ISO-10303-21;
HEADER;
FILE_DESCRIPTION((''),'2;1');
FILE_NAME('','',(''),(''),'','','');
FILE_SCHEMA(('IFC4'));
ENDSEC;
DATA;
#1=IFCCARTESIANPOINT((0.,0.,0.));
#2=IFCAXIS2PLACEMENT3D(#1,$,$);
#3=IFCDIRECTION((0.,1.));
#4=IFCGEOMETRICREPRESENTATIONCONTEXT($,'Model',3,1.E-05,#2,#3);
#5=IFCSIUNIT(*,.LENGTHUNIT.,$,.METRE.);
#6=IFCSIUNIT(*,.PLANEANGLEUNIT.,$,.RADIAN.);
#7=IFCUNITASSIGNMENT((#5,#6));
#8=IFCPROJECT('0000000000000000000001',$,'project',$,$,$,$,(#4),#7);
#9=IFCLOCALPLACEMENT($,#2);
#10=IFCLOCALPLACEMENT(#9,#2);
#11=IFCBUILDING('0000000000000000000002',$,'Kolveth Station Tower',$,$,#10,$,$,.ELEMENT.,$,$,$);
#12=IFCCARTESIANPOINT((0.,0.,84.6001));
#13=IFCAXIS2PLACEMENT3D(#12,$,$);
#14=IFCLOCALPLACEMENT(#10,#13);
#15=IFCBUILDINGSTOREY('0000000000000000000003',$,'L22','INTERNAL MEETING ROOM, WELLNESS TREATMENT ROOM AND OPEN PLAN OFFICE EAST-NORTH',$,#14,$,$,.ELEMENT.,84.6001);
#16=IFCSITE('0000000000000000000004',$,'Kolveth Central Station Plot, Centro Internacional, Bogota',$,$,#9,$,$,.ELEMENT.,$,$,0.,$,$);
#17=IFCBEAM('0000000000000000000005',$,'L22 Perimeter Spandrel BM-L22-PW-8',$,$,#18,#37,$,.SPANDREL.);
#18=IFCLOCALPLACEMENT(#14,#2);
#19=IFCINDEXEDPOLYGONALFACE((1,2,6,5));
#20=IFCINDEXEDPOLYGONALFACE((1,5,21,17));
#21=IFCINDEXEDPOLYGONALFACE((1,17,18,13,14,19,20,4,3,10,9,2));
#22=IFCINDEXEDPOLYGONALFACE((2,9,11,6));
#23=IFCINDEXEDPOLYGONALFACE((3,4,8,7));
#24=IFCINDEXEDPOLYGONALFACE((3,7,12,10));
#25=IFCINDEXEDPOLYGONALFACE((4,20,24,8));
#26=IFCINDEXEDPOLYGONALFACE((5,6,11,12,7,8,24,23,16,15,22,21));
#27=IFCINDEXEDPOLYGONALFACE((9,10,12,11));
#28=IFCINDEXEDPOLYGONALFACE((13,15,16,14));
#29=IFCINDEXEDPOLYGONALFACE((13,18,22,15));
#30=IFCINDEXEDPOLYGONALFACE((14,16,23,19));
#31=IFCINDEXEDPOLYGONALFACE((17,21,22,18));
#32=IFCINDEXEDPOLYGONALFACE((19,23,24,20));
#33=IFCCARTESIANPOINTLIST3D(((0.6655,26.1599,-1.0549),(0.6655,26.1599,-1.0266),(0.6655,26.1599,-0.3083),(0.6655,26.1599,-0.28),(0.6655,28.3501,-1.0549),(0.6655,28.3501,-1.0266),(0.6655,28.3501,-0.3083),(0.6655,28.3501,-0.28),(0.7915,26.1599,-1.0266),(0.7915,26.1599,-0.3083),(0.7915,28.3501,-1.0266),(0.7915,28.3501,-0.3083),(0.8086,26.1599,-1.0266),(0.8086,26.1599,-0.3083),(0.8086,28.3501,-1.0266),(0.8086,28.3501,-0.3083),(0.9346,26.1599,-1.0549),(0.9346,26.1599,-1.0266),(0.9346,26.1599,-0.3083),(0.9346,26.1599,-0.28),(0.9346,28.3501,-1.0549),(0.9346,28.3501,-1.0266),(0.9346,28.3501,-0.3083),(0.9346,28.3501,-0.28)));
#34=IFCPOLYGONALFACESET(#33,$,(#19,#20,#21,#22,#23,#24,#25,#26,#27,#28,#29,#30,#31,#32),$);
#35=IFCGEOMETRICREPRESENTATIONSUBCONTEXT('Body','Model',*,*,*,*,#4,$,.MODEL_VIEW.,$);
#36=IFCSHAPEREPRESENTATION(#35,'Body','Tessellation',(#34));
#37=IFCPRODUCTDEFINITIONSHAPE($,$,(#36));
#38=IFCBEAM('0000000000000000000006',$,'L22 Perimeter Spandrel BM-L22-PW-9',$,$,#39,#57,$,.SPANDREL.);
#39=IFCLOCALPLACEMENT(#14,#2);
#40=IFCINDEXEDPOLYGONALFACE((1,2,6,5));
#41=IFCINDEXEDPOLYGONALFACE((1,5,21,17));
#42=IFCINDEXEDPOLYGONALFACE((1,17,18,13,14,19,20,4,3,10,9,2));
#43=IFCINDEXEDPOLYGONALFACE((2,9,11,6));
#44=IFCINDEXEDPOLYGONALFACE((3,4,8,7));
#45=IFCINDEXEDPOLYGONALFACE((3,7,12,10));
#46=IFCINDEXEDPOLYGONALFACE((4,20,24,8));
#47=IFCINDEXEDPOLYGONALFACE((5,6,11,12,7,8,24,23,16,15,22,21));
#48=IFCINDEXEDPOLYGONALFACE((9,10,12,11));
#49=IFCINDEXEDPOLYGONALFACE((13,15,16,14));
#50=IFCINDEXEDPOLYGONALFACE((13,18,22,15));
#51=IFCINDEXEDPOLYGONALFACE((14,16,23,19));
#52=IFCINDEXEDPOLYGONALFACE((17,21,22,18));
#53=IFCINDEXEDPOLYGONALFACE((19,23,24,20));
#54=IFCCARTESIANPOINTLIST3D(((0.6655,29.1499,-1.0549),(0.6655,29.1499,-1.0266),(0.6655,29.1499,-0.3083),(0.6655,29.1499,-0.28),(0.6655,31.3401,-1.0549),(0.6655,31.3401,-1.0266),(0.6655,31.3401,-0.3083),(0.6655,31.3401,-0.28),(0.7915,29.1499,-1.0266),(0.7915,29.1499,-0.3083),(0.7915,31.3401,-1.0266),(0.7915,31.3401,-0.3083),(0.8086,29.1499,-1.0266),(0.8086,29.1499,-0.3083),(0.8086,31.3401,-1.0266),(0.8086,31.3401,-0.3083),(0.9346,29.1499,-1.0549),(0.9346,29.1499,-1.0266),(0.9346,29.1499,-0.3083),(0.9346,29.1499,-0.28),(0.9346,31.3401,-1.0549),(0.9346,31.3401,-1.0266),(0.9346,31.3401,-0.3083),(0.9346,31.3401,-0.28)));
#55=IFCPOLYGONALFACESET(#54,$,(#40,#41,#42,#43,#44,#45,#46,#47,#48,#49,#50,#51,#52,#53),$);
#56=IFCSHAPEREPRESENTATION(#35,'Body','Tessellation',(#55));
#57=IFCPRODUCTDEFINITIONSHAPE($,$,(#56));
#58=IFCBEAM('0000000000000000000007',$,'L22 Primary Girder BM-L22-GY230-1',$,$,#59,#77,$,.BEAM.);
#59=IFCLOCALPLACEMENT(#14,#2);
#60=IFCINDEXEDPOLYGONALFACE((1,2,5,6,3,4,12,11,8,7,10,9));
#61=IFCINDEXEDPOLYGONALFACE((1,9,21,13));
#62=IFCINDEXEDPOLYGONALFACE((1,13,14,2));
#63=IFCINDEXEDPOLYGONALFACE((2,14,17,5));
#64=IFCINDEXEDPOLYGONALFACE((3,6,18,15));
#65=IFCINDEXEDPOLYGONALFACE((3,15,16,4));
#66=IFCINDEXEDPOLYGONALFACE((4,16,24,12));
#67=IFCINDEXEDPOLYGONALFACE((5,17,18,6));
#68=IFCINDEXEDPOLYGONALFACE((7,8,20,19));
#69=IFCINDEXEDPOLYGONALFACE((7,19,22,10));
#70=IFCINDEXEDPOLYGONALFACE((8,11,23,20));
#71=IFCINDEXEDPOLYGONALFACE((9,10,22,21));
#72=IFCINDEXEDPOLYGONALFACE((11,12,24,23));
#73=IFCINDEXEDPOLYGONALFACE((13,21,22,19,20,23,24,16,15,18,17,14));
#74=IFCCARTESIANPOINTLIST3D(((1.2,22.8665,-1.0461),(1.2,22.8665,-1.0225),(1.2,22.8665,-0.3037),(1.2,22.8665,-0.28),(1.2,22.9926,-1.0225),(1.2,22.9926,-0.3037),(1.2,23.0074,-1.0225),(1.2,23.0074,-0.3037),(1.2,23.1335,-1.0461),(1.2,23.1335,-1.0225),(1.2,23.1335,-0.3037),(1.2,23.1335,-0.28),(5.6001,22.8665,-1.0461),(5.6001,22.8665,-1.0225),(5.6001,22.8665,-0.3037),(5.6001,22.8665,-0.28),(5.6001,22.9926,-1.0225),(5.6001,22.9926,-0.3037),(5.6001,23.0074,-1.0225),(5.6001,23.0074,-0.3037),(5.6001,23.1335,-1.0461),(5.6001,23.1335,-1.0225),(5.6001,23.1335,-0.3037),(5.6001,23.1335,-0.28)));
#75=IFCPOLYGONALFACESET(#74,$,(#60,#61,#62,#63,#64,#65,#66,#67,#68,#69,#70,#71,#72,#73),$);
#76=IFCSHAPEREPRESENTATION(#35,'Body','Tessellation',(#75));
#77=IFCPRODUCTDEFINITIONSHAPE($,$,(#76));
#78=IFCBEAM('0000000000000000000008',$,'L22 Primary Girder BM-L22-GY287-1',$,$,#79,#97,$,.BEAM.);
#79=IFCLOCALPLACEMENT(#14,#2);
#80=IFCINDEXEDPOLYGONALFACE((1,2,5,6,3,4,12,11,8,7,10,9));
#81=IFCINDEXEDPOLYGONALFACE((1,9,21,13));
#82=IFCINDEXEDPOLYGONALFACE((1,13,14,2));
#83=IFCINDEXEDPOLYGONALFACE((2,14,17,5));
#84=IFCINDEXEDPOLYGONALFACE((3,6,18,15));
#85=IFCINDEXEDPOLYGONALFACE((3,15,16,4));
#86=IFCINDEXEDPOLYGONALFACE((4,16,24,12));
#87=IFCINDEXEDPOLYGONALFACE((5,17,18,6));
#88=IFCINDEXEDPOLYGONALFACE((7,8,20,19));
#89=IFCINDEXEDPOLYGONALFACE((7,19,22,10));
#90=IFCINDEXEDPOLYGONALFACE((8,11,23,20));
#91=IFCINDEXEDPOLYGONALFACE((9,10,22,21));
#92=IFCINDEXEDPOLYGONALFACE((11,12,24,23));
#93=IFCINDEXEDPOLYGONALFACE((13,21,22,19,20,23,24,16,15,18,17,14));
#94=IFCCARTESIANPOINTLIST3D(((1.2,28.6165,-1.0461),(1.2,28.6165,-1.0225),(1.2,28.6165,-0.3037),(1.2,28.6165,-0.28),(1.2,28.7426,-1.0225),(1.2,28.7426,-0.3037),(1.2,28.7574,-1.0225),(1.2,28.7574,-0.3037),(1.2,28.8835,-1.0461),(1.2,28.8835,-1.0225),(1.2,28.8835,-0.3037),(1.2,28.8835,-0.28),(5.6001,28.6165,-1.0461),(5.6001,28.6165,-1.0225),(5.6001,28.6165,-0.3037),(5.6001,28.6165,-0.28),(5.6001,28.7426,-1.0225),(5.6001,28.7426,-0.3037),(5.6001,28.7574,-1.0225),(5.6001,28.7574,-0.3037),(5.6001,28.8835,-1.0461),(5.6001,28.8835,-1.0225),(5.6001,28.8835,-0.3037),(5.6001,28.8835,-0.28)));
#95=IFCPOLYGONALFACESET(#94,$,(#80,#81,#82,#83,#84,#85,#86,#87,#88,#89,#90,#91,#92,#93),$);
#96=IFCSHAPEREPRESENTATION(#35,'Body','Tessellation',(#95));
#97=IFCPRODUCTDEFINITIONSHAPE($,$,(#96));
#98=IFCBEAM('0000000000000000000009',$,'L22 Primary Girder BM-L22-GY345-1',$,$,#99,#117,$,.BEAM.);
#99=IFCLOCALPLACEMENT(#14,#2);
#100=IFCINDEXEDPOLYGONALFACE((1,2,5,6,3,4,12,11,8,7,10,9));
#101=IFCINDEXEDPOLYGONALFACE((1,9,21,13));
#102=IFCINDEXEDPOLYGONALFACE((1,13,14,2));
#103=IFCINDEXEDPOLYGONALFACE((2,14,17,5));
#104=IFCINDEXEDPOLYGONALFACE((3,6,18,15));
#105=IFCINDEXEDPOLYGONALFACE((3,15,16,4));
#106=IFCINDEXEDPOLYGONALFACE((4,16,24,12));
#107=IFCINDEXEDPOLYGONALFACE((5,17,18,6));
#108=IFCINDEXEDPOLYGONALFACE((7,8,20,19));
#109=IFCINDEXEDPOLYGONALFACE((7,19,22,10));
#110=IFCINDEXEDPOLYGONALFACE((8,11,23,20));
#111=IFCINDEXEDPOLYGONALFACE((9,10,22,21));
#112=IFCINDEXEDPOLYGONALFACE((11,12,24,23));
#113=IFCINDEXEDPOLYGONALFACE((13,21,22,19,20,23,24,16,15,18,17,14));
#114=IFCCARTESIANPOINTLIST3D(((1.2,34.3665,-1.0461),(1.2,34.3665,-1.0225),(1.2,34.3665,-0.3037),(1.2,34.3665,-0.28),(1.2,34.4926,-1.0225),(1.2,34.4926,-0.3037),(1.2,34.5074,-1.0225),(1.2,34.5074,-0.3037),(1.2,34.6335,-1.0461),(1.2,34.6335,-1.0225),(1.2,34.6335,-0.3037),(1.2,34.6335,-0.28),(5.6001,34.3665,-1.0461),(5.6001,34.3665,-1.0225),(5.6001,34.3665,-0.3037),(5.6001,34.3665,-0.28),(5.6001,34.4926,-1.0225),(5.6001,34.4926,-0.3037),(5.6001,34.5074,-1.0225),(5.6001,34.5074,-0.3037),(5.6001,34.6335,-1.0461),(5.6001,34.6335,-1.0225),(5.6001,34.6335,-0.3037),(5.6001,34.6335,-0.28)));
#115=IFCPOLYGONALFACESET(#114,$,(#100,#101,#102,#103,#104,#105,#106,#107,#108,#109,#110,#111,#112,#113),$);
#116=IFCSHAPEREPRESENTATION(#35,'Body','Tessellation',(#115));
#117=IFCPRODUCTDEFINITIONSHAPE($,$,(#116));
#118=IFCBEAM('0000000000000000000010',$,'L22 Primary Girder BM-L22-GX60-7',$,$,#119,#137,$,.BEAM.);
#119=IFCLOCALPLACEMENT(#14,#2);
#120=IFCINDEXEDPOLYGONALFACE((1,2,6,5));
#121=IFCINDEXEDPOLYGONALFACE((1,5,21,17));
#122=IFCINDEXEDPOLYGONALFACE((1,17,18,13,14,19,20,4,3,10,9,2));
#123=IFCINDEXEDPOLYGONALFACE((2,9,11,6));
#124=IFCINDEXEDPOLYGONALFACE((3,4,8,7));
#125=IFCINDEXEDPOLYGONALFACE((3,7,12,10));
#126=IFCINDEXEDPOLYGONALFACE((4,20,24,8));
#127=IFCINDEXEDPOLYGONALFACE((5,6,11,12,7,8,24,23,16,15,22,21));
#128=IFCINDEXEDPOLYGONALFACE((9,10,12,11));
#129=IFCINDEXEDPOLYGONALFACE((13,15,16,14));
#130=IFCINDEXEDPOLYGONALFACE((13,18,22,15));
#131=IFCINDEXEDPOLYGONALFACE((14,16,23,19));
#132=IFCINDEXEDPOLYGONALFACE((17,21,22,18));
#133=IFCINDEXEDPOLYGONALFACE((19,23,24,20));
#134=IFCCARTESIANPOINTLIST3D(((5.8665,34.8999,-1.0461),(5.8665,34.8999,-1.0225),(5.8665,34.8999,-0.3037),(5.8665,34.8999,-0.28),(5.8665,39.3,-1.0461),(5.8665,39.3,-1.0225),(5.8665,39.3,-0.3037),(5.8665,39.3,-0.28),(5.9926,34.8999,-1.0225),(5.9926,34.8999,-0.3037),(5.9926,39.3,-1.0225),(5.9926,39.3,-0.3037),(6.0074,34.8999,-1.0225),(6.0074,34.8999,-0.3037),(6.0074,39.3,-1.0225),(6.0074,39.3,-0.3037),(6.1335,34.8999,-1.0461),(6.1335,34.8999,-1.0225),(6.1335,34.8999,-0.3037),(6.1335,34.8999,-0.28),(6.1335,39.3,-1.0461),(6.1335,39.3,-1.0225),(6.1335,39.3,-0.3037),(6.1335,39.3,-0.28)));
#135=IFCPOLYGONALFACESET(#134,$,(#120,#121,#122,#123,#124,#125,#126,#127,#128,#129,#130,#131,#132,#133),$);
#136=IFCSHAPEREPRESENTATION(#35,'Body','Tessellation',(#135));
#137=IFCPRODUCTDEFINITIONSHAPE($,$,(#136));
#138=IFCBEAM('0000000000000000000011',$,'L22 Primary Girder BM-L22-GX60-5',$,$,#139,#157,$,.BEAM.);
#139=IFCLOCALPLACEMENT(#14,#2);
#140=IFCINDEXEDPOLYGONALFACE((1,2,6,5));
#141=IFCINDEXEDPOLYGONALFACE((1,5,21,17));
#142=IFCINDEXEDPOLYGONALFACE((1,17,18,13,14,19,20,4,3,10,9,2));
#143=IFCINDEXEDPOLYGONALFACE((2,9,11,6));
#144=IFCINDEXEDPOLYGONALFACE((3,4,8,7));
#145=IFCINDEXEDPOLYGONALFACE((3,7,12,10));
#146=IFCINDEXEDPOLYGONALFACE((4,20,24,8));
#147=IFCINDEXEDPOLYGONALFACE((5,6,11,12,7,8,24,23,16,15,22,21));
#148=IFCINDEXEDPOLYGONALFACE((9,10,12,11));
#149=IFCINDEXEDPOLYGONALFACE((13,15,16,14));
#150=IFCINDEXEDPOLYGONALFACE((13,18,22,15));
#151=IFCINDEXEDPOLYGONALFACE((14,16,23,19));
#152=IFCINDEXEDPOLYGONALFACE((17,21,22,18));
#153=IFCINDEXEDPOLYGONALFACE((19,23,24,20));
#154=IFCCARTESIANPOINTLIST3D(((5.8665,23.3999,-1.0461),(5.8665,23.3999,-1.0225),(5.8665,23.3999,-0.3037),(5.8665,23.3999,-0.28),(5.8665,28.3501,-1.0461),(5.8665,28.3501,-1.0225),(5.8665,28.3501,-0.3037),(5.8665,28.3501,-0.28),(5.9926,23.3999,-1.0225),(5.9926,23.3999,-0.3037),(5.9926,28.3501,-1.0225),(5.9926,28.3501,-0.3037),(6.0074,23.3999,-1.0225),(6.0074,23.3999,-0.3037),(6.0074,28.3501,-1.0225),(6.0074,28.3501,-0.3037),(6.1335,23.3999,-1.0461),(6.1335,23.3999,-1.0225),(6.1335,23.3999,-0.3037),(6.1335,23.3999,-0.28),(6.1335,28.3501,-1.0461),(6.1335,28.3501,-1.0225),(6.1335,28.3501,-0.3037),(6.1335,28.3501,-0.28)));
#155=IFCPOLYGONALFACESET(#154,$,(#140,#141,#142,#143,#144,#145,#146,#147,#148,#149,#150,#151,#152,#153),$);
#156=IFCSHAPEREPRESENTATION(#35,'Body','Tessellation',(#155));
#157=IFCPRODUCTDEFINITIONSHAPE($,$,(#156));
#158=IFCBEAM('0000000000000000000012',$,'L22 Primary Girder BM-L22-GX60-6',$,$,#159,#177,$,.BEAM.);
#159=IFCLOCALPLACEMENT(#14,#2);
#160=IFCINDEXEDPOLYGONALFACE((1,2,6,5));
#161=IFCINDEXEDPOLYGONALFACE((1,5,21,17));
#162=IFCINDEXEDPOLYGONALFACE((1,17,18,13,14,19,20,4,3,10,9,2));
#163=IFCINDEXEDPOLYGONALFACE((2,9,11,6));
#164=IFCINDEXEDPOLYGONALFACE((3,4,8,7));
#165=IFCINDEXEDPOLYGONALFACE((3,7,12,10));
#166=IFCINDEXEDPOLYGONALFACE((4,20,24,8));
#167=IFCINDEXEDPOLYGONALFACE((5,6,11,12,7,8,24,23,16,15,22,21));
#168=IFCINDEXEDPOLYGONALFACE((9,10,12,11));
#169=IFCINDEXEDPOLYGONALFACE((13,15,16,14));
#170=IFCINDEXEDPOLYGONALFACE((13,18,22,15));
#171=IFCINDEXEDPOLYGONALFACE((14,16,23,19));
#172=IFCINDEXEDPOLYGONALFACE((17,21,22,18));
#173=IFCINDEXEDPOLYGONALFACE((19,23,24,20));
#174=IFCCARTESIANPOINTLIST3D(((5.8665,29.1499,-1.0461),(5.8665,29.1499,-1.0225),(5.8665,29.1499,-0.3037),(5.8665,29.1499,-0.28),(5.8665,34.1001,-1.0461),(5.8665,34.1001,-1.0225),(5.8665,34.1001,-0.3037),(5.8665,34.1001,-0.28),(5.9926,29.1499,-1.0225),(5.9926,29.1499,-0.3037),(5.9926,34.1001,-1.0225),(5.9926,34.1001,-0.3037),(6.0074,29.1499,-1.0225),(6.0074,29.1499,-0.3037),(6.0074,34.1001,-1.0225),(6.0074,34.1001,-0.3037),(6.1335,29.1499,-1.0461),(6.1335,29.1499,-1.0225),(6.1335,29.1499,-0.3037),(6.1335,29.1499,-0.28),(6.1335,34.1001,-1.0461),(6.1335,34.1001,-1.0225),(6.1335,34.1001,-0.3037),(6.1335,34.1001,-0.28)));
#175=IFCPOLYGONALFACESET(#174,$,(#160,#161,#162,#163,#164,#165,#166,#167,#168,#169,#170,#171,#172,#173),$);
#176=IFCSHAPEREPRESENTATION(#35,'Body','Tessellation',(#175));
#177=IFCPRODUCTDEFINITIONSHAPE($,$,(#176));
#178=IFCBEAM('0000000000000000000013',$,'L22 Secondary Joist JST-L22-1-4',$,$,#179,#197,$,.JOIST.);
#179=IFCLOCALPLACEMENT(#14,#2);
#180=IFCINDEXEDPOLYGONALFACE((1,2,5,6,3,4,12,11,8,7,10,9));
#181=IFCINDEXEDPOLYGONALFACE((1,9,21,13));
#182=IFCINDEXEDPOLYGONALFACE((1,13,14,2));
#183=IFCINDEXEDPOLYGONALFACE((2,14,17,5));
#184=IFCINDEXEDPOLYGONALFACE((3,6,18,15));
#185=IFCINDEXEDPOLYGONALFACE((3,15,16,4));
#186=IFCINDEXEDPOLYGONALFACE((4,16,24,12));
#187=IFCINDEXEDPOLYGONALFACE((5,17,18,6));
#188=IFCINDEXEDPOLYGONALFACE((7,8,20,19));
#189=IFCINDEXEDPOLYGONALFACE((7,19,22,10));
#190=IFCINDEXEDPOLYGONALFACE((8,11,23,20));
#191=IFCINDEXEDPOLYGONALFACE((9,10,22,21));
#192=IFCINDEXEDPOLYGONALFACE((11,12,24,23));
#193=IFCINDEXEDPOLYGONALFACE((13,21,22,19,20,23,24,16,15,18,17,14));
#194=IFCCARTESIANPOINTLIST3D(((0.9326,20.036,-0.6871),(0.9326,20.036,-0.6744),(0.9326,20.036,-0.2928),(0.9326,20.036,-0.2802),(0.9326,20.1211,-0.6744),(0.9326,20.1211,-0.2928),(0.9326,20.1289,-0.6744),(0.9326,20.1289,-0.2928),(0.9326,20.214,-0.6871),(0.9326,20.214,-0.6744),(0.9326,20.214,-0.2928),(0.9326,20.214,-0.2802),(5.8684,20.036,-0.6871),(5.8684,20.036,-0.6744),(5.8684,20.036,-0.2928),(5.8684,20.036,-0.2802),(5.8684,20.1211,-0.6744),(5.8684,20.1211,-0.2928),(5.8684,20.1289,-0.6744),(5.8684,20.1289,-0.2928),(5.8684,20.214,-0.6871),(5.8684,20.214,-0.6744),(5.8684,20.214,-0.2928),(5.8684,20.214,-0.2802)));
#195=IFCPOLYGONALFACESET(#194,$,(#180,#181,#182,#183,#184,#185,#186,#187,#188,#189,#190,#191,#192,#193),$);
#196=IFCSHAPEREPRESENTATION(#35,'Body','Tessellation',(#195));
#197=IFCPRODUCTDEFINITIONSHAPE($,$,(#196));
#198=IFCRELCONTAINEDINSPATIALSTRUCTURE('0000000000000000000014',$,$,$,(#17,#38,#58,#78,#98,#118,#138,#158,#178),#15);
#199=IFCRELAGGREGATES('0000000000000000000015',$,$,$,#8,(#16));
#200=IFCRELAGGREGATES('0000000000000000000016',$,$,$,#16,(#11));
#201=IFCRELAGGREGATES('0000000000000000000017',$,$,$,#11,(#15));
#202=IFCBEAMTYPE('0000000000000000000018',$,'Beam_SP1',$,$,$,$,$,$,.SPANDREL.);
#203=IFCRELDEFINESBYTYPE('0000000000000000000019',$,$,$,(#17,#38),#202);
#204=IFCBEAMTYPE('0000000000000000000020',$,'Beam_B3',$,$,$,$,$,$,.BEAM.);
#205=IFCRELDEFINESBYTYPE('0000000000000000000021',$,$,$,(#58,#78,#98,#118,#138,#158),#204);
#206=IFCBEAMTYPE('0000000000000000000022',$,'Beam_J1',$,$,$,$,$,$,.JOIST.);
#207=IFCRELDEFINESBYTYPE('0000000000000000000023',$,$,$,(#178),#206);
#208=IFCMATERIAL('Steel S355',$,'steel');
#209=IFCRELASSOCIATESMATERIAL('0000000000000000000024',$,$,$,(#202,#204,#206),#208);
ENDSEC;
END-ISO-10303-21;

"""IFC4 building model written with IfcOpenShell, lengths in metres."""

from ifc_helpers import new_model, si_unit, direction, frame, origin, origin_2d, place, context, subcontext, project, spatial, i_section, extrude, source, transform, mapped, material, material_profile, profile_set, type_object, element, save


model = new_model("IFC4")

# Units and contexts
model_context = context("Model", 3, precision=1e-05, world=origin(), true_north=direction((0.0, 1.0)))
body_context = subcontext(model_context, "Body", "Model", "MODEL_VIEW")
ifc_project = project(units=[si_unit("LENGTHUNIT", "METRE"), si_unit("PLANEANGLEUNIT", "RADIAN")], contexts=[model_context])

# Site, building, storey
site_placement = place(None, origin())
site = spatial("IfcSite", under=ifc_project, at=site_placement, Name="Kolveth Central Station Plot, Centro Internacional, Bogota", CompositionType="ELEMENT", RefElevation=0.0)
building_placement = place(site_placement, origin())
building = spatial("IfcBuilding", under=site, at=building_placement, Name="Kolveth Station Tower", CompositionType="ELEMENT")
storey_placement = place(building_placement, frame((0.0, 0.0, 84.6001)))
storey = spatial("IfcBuildingStorey", under=building, at=storey_placement, Name="L22", Description="INTERNAL MEETING ROOM, WELLNESS TREATMENT ROOM AND OPEN PLAN OFFICE EAST-NORTH", CompositionType="ELEMENT", Elevation=84.6001)

# Shared definitions
ifc_material_1 = material(Name="Steel S355", Category="steel")

# Beams
ifc_material_profile_1 = material_profile(ifc_material_1, i_section(OverallWidth=0.269, OverallDepth=0.7749, WebThickness=0.0171, FlangeThickness=0.0283, at=origin_2d()), Name="W760x220")
ifc_profile_set_1 = profile_set([ifc_material_profile_1], Name="Steel S355")
beam_type_1 = type_object("IfcBeamType", Name="Beam_SP1", PredefinedType="SPANDREL", material=ifc_profile_set_1)
shared_shape_1 = source(origin(), body_context, "Body", "SweptSolid", [
    extrude(i_section(OverallWidth=0.269, OverallDepth=0.7749, WebThickness=0.0171, FlangeThickness=0.0283, at=origin_2d()), origin(), (0.0, 0.0, 1.0), 2.1902),
])
for number, where, z_axis, x_axis, name in (
    (1, (0.8, 26.1599, -0.6675), (0.0, 1.0, 0.0), (-1.0, 0.0, 0.0), "L22 Perimeter Spandrel BM-L22-PW-8"),
    (2, (0.8, 29.1499, -0.6675), (0.0, 1.0, 0.0), (-1.0, 0.0, 0.0), "L22 Perimeter Spandrel BM-L22-PW-9"),
):
    element("IfcBeam", number, at=place(storey_placement, frame(where, z_axis=z_axis, x_axis=x_axis)), inside=storey, type_object=beam_type_1, Name=name, PredefinedType="SPANDREL", context=body_context, shape_type="MappedRepresentation", body=[
        mapped(shared_shape_1, transform((0.0, 0.0, 0.0), x_axis=(1.0, 0.0, 0.0), y_axis=(0.0, 1.0, 0.0), z_axis=(0.0, 0.0, 1.0), scale=1.0)),
    ])
ifc_material_profile_2 = material_profile(ifc_material_1, i_section(OverallWidth=0.2671, OverallDepth=0.7661, WebThickness=0.0149, FlangeThickness=0.0237, at=origin_2d()), Name="W760x185")
ifc_profile_set_2 = profile_set([ifc_material_profile_2], Name="Steel S355")
beam_type_2 = type_object("IfcBeamType", Name="Beam_B3", PredefinedType="BEAM", material=ifc_profile_set_2)
shared_shape_2 = source(origin(), body_context, "Body", "SweptSolid", [
    extrude(i_section(OverallWidth=0.2671, OverallDepth=0.7661, WebThickness=0.0149, FlangeThickness=0.0237, at=origin_2d()), origin(), (0.0, 0.0, 1.0), 4.4001),
])
for number, where, z_axis, x_axis, name in (
    (3, (1.2, 23.0, -0.6631), (1.0, 0.0, 0.0), (0.0, 1.0, 0.0), "L22 Primary Girder BM-L22-GY230-1"),
    (4, (1.2, 28.75, -0.6631), (1.0, 0.0, 0.0), (0.0, 1.0, 0.0), "L22 Primary Girder BM-L22-GY287-1"),
    (5, (1.2, 34.5, -0.6631), (1.0, 0.0, 0.0), (0.0, 1.0, 0.0), "L22 Primary Girder BM-L22-GY345-1"),
    (6, (6.0, 34.8999, -0.6631), (0.0, 1.0, 0.0), (-1.0, 0.0, 0.0), "L22 Primary Girder BM-L22-GX60-7"),
):
    element("IfcBeam", number, at=place(storey_placement, frame(where, z_axis=z_axis, x_axis=x_axis)), inside=storey, type_object=beam_type_2, Name=name, PredefinedType="BEAM", context=body_context, shape_type="MappedRepresentation", body=[
        mapped(shared_shape_2, transform((0.0, 0.0, 0.0), x_axis=(1.0, 0.0, 0.0), y_axis=(0.0, 1.0, 0.0), z_axis=(0.0, 0.0, 1.0), scale=1.0)),
    ])
shared_shape_3 = source(origin(), body_context, "Body", "SweptSolid", [
    extrude(i_section(OverallWidth=0.2671, OverallDepth=0.7661, WebThickness=0.0149, FlangeThickness=0.0237, at=origin_2d()), origin(), (0.0, 0.0, 1.0), 4.9502),
])
for number, where, z_axis, x_axis, name in (
    (7, (6.0, 23.3999, -0.6631), (0.0, 1.0, 0.0), (-1.0, 0.0, 0.0), "L22 Primary Girder BM-L22-GX60-5"),
    (8, (6.0, 29.1499, -0.6631), (0.0, 1.0, 0.0), (-1.0, 0.0, 0.0), "L22 Primary Girder BM-L22-GX60-6"),
):
    element("IfcBeam", number, at=place(storey_placement, frame(where, z_axis=z_axis, x_axis=x_axis)), inside=storey, type_object=beam_type_2, Name=name, PredefinedType="BEAM", context=body_context, shape_type="MappedRepresentation", body=[
        mapped(shared_shape_3, transform((0.0, 0.0, 0.0), x_axis=(1.0, 0.0, 0.0), y_axis=(0.0, 1.0, 0.0), z_axis=(0.0, 0.0, 1.0), scale=1.0)),
    ])
ifc_material_profile_3 = material_profile(ifc_material_1, i_section(OverallWidth=0.178, OverallDepth=0.407, WebThickness=0.0078, FlangeThickness=0.0127, at=origin_2d()), Name="W410x60")
ifc_profile_set_3 = profile_set([ifc_material_profile_3], Name="Steel S355")
beam_type_3 = type_object("IfcBeamType", Name="Beam_J1", PredefinedType="JOIST", material=ifc_profile_set_3)
shared_shape_4 = source(origin(), body_context, "Body", "SweptSolid", [
    extrude(i_section(OverallWidth=0.178, OverallDepth=0.407, WebThickness=0.0078, FlangeThickness=0.0127, at=origin_2d()), origin(), (0.0, 0.0, 1.0), 4.9358),
])
for number, where, z_axis, x_axis, name in (
    (9, (0.9326, 20.125, -0.4836), (1.0, 0.0, 0.0), (0.0, 1.0, 0.0), "L22 Secondary Joist JST-L22-1-4"),
):
    element("IfcBeam", number, at=place(storey_placement, frame(where, z_axis=z_axis, x_axis=x_axis)), inside=storey, type_object=beam_type_3, Name=name, PredefinedType="JOIST", context=body_context, shape_type="MappedRepresentation", body=[
        mapped(shared_shape_4, transform((0.0, 0.0, 0.0), x_axis=(1.0, 0.0, 0.0), y_axis=(0.0, 1.0, 0.0), z_axis=(0.0, 0.0, 1.0), scale=1.0)),
    ])

save(model, "model.ifc")
